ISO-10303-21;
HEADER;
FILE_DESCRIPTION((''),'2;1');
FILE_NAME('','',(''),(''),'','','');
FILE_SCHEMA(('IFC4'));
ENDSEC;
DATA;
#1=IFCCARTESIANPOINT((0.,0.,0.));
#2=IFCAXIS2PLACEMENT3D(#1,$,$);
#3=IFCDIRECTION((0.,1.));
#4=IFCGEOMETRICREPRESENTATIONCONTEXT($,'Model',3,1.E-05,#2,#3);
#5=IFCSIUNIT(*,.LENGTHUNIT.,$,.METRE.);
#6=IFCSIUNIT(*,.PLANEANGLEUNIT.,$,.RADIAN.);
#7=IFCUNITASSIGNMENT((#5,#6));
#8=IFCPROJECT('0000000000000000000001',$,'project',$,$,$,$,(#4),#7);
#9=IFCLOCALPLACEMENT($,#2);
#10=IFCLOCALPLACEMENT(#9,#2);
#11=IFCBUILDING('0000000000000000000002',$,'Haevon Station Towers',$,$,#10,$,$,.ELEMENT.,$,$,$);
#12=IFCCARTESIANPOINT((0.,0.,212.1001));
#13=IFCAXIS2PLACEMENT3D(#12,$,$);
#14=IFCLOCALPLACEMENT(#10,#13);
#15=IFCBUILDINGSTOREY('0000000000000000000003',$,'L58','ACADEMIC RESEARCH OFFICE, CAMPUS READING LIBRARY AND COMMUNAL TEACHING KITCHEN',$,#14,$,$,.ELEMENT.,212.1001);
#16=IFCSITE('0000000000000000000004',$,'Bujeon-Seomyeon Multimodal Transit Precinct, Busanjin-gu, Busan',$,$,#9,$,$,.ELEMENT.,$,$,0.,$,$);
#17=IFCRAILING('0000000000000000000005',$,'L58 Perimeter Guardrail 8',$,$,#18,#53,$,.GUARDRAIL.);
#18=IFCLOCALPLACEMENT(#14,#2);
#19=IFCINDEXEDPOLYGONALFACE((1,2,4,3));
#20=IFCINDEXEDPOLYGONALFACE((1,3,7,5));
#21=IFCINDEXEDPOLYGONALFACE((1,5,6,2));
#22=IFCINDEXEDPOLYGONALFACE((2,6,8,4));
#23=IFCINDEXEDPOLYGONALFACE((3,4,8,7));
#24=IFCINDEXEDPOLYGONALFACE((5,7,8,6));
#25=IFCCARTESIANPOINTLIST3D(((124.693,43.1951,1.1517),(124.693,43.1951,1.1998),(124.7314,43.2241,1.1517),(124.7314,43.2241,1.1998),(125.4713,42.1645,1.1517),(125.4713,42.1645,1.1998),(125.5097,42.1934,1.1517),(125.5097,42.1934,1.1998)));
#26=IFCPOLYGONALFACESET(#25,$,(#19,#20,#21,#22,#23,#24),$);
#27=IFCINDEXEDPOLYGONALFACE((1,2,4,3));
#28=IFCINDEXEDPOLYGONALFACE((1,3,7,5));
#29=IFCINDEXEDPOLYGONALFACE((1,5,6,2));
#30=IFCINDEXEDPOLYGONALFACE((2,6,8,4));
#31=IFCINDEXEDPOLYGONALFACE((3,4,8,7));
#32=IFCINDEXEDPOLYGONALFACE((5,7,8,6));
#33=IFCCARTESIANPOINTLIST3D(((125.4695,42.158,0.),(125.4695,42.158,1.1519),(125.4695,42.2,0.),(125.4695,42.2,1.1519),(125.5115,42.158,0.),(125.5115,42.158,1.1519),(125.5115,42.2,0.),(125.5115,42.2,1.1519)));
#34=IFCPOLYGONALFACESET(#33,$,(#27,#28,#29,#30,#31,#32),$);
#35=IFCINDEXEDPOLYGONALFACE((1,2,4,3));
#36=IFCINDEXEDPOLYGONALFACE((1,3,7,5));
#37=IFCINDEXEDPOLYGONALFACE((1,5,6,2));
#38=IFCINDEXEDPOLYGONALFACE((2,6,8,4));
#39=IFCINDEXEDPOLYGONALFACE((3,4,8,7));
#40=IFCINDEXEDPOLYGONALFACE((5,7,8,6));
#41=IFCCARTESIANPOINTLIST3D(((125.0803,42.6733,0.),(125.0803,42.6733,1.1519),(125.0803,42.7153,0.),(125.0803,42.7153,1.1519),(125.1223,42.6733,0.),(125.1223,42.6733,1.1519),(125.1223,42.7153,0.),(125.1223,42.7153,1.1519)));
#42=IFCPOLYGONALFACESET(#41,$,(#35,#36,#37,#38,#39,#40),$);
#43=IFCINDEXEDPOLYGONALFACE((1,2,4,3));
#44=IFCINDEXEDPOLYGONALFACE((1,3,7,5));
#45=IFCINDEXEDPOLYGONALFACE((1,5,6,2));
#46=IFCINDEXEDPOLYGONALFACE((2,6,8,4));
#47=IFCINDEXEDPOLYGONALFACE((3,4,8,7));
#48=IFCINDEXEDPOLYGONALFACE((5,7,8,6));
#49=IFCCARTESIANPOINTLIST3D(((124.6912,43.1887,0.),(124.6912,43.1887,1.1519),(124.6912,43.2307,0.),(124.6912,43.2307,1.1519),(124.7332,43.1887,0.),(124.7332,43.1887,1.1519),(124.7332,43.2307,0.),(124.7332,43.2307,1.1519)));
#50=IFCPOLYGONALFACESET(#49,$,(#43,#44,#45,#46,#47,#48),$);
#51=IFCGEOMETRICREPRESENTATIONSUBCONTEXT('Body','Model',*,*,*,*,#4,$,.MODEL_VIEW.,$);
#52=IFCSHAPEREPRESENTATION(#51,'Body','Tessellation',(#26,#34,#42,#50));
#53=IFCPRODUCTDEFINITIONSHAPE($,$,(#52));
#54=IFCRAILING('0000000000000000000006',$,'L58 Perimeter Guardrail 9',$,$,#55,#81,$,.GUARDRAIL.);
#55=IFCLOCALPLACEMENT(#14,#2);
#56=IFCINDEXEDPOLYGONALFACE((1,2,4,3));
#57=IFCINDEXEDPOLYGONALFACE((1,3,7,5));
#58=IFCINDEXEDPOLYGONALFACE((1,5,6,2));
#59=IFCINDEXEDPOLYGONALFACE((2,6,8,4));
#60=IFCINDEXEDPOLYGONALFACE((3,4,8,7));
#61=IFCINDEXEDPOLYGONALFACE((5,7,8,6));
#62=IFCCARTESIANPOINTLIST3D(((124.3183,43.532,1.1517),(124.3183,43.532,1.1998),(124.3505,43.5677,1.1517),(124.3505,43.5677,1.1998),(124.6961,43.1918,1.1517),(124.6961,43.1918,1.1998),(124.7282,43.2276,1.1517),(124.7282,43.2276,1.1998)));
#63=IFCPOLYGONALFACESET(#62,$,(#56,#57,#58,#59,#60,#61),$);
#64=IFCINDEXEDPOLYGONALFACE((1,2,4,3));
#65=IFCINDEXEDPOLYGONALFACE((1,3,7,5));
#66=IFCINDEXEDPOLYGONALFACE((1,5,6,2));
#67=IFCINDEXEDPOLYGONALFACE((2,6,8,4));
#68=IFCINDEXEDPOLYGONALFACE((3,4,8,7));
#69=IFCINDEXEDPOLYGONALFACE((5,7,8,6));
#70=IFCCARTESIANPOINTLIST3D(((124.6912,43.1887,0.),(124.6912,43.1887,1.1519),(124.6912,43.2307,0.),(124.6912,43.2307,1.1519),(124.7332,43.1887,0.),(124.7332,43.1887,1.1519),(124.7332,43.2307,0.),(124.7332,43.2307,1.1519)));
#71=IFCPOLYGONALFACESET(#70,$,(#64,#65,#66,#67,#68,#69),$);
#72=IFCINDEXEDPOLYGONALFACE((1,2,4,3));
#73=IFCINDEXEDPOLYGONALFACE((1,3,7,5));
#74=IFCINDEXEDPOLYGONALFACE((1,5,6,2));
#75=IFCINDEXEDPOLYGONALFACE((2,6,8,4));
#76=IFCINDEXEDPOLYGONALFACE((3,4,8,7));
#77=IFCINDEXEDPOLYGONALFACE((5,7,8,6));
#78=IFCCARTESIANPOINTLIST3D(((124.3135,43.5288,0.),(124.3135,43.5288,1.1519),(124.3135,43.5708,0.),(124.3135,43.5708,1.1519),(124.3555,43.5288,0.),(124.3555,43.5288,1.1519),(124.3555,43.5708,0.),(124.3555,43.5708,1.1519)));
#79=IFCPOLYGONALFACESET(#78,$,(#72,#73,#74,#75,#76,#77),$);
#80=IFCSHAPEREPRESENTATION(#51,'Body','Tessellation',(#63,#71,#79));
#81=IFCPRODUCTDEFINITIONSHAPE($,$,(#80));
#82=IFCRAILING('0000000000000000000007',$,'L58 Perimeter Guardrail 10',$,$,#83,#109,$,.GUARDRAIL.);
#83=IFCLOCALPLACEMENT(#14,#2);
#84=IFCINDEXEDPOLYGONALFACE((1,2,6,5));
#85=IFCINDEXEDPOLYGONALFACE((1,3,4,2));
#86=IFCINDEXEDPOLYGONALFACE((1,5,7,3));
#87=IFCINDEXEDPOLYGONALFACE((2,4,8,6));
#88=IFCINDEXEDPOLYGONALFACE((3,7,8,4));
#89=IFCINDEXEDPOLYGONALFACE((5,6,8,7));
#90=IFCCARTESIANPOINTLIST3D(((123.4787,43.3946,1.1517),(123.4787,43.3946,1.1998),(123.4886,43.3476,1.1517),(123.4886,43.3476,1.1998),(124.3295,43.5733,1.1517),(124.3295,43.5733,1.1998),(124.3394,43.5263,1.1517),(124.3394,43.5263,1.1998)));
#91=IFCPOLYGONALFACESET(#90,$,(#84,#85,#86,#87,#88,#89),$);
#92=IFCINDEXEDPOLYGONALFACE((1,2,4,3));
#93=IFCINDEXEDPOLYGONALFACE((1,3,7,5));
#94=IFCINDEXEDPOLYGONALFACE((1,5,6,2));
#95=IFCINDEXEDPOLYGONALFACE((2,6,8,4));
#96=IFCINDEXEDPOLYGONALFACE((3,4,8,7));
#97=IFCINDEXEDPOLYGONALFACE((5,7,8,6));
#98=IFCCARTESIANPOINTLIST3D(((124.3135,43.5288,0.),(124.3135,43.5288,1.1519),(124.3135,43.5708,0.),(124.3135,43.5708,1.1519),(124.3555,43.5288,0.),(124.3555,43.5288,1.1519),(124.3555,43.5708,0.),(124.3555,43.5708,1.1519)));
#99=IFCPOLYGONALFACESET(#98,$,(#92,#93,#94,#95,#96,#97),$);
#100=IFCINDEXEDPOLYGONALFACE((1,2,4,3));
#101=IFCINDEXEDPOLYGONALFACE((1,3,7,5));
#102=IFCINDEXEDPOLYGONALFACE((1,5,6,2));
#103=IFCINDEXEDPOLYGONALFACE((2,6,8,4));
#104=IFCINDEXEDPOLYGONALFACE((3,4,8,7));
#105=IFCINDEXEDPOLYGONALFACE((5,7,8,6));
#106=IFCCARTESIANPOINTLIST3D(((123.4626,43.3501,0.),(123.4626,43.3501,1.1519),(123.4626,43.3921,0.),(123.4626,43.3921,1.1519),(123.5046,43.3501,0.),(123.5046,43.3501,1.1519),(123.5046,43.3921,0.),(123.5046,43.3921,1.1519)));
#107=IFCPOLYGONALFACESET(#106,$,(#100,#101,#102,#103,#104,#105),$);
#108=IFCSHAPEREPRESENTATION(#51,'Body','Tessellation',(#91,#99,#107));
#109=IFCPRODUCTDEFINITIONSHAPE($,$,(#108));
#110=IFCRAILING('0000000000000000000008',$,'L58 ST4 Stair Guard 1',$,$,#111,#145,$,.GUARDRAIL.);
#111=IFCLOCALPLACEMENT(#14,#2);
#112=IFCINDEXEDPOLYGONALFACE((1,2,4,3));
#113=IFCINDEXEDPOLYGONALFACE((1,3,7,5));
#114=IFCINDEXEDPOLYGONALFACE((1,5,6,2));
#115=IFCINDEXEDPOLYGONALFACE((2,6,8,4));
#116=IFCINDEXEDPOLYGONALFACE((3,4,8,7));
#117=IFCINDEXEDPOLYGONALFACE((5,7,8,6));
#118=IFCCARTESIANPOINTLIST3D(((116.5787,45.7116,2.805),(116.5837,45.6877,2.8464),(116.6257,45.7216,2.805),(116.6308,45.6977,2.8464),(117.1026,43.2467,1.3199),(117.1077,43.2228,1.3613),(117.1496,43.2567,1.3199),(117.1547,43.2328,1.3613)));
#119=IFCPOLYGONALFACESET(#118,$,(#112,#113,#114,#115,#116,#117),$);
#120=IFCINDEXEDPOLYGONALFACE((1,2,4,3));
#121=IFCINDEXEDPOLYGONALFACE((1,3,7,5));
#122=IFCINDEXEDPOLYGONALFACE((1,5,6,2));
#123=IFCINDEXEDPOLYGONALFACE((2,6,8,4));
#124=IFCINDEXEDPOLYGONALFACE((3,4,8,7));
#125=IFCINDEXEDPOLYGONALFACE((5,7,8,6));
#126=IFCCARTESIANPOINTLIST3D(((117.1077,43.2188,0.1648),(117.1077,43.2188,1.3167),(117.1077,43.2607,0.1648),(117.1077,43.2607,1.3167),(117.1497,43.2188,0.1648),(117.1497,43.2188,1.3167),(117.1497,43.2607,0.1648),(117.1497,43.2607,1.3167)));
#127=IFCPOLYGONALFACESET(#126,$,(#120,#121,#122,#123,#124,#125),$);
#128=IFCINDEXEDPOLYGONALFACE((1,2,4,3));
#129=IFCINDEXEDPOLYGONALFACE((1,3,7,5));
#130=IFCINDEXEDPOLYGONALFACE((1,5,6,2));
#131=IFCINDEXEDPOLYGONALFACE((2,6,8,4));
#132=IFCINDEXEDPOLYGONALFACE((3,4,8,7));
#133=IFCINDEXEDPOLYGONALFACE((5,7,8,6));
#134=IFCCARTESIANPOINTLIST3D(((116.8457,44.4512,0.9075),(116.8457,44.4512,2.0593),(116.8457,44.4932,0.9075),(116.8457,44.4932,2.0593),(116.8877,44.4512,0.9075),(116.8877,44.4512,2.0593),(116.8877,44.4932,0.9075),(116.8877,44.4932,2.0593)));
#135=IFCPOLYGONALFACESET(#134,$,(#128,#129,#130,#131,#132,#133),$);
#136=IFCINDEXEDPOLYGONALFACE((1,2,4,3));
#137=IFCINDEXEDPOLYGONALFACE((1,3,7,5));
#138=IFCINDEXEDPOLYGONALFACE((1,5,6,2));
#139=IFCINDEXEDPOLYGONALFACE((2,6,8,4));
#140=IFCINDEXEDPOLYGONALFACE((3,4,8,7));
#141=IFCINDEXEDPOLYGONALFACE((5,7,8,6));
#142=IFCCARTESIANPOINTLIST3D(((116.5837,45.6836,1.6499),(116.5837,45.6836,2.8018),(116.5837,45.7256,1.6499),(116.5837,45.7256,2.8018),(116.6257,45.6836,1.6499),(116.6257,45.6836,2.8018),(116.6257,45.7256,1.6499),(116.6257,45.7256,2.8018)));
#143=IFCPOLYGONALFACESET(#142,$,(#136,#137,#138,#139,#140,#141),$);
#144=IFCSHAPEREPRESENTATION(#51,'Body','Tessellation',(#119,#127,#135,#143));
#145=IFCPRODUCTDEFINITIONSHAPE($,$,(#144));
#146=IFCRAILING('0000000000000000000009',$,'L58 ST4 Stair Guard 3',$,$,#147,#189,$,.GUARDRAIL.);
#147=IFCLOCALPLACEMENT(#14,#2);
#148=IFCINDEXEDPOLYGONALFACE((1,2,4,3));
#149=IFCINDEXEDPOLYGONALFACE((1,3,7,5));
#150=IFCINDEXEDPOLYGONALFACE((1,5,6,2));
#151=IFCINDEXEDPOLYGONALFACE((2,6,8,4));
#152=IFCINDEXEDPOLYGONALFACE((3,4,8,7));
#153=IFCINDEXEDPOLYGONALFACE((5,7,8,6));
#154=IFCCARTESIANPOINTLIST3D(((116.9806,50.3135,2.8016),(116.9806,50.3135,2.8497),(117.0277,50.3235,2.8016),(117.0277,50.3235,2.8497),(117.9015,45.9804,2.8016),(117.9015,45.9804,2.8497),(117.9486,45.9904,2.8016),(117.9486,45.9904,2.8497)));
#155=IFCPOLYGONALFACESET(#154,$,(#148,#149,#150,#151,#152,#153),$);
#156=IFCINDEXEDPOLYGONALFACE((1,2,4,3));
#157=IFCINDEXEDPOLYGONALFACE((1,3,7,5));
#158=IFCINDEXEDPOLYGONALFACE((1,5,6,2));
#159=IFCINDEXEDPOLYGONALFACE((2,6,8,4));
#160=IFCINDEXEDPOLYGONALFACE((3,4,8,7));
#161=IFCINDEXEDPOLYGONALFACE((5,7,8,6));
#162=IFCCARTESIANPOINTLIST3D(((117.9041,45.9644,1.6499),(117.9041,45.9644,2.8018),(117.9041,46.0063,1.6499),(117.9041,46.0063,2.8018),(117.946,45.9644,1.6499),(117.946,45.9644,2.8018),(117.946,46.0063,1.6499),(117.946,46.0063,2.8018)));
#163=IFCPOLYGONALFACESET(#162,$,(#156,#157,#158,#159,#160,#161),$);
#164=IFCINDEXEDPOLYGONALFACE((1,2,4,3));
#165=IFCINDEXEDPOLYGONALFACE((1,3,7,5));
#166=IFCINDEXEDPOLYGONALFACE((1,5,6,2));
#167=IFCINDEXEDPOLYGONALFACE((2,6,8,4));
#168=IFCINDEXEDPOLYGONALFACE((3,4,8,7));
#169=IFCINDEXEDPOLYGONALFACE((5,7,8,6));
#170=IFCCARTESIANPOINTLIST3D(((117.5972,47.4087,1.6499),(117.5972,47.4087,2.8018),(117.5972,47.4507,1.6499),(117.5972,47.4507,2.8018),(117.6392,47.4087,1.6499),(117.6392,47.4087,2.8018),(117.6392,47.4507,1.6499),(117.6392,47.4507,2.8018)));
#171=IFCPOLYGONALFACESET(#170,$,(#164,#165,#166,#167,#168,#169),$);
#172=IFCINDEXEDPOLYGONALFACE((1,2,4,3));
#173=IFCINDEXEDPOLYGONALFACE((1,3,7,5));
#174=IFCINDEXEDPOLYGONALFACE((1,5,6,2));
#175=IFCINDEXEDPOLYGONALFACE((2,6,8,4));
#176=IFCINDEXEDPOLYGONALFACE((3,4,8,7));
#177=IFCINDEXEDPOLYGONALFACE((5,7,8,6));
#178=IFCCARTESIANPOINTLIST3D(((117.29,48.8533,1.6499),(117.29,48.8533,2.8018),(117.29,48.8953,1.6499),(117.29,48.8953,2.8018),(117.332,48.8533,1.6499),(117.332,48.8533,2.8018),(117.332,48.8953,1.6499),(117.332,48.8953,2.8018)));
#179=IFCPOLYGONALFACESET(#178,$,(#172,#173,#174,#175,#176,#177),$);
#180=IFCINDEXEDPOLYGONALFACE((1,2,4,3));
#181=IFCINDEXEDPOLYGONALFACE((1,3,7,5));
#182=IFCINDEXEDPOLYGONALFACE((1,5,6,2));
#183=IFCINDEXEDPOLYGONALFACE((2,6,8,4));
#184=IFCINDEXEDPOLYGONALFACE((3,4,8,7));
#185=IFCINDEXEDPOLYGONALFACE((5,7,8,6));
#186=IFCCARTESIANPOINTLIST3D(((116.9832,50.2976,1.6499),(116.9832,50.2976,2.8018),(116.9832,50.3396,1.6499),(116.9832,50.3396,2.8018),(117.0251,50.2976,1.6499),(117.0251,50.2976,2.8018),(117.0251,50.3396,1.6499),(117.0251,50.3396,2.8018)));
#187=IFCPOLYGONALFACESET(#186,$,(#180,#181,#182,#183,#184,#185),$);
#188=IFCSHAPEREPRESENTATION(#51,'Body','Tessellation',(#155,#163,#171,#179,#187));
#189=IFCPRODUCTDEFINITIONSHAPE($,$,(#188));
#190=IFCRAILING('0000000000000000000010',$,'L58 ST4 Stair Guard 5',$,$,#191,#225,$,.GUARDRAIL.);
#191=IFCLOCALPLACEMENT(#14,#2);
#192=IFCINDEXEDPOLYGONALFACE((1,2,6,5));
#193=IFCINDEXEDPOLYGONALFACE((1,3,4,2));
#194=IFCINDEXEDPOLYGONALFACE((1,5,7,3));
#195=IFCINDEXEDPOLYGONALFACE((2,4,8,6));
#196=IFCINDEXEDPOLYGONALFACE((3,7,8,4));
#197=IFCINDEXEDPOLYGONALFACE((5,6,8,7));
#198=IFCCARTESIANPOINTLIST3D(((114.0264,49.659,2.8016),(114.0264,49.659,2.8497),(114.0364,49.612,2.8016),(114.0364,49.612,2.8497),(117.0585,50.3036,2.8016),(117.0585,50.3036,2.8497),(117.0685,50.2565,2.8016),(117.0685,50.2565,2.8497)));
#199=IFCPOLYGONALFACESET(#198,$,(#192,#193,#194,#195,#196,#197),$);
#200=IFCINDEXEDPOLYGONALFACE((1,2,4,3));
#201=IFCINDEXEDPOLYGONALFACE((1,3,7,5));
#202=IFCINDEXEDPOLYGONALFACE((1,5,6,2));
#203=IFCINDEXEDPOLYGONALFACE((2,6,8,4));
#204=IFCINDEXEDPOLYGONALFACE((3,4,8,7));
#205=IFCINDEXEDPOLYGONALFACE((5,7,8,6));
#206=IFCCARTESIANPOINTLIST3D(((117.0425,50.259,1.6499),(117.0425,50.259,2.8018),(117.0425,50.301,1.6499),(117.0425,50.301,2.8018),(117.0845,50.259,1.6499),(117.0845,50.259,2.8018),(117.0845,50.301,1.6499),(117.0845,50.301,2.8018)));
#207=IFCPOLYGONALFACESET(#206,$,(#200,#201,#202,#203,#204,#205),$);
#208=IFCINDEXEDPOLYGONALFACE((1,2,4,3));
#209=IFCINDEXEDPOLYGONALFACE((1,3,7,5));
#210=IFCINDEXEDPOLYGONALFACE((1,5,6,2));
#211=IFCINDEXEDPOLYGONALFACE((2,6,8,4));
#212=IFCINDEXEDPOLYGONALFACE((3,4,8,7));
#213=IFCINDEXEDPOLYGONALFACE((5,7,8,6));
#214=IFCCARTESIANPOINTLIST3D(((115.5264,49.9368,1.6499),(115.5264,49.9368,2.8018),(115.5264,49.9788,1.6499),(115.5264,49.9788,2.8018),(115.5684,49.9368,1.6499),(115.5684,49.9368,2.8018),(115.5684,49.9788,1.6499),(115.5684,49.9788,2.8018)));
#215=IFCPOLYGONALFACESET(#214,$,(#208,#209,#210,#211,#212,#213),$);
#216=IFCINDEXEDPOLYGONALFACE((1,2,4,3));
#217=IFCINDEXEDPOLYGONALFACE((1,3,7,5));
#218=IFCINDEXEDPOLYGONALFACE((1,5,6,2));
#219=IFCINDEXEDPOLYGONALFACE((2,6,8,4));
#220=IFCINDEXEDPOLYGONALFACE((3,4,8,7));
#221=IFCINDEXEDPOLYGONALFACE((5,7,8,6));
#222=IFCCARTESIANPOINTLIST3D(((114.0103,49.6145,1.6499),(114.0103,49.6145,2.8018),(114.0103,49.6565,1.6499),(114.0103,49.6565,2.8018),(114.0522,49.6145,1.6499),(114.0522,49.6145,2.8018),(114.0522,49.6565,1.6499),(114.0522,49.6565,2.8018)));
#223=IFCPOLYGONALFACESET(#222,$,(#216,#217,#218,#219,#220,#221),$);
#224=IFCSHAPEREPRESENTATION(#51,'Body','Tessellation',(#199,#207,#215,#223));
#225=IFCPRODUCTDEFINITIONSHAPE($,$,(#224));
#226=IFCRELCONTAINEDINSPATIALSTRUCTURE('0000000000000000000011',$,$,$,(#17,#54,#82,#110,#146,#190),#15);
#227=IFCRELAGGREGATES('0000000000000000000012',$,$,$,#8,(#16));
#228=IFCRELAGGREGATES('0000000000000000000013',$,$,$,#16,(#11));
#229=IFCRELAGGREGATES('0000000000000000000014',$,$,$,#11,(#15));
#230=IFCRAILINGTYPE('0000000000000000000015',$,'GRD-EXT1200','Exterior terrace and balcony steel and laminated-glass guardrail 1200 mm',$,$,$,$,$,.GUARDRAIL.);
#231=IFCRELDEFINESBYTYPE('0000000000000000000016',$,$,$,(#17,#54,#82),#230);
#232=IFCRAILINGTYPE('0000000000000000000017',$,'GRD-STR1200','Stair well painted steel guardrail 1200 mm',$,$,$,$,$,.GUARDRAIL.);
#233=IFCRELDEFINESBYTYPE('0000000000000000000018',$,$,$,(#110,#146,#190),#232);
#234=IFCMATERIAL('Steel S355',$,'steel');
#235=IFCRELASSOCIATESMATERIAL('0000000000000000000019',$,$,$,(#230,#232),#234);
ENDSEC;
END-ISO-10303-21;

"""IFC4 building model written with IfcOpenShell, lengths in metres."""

from ifc_helpers import new_model, si_unit, direction, frame, origin, origin_2d, place, context, subcontext, project, spatial, rectangle, extrude, material, type_object, element, save


model = new_model("IFC4")

# Units and contexts
model_context = context("Model", 3, precision=1e-05, world=origin(), true_north=direction((0.0, 1.0)))
body_context = subcontext(model_context, "Body", "Model", "MODEL_VIEW")
ifc_project = project(units=[si_unit("LENGTHUNIT", "METRE"), si_unit("PLANEANGLEUNIT", "RADIAN")], contexts=[model_context])

# Site, building, storey
site_placement = place(None, origin())
site = spatial("IfcSite", under=ifc_project, at=site_placement, Name="Bujeon-Seomyeon Multimodal Transit Precinct, Busanjin-gu, Busan", CompositionType="ELEMENT", RefElevation=0.0)
building_placement = place(site_placement, origin())
building = spatial("IfcBuilding", under=site, at=building_placement, Name="Haevon Station Towers", CompositionType="ELEMENT")
storey_placement = place(building_placement, frame((0.0, 0.0, 212.1001)))
storey = spatial("IfcBuildingStorey", under=building, at=storey_placement, Name="L58", Description="ACADEMIC RESEARCH OFFICE, CAMPUS READING LIBRARY AND COMMUNAL TEACHING KITCHEN", CompositionType="ELEMENT", Elevation=212.1001)

# Shared definitions
ifc_material_1 = material(Name="Steel S355", Category="steel")

# Railings
railing_type_1 = type_object("IfcRailingType", Name="GRD-EXT1200", Description="Exterior terrace and balcony steel and laminated-glass guardrail 1200 mm", PredefinedType="GUARDRAIL", material=ifc_material_1)
railing_1_placement = place(storey_placement, frame((125.4905, 42.179, 0.0)))
element("IfcRailing", 1, at=railing_1_placement, inside=storey, type_object=railing_type_1, Name="L58 Perimeter Guardrail 8", PredefinedType="GUARDRAIL", context=body_context, shape_type="SweptSolid", body=[
    extrude(rectangle(XDim=0.0481, YDim=0.0481, at=origin_2d()), frame((0.0, 0.0, 1.1758), z_axis=(-0.602598, 0.798045, 0.0), x_axis=(-0.798045, -0.602598, 0.0)), (0.0, 0.0, 1.0), 1.2915),
    extrude(rectangle(XDim=0.042, YDim=0.042, at=origin_2d()), origin(), (0.0, 0.0, 1.0), 1.1519),
    extrude(rectangle(XDim=0.042, YDim=0.042, at=origin_2d()), frame((-0.3892, 0.5154, 0.0)), (0.0, 0.0, 1.0), 1.1519),
    extrude(rectangle(XDim=0.042, YDim=0.042, at=origin_2d()), frame((-0.7783, 1.0308, 0.0)), (0.0, 0.0, 1.0), 1.1519),
])
railing_2_placement = place(storey_placement, frame((124.7122, 43.2097, 0.0)))
element("IfcRailing", 2, at=railing_2_placement, inside=storey, type_object=railing_type_1, Name="L58 Perimeter Guardrail 9", PredefinedType="GUARDRAIL", context=body_context, shape_type="SweptSolid", body=[
    extrude(rectangle(XDim=0.0481, YDim=0.0481, at=origin_2d()), frame((0.0, 0.0, 1.1758), z_axis=(-0.743127, 0.66915, 0.0), x_axis=(-0.66915, -0.743127, 0.0)), (0.0, 0.0, 1.0), 0.5083),
    extrude(rectangle(XDim=0.042, YDim=0.042, at=origin_2d()), origin(), (0.0, 0.0, 1.0), 1.1519),
    extrude(rectangle(XDim=0.042, YDim=0.042, at=origin_2d()), frame((-0.3777, 0.3401, 0.0)), (0.0, 0.0, 1.0), 1.1519),
])
railing_3_placement = place(storey_placement, frame((124.3345, 43.5498, 0.0)))
element("IfcRailing", 3, at=railing_3_placement, inside=storey, type_object=railing_type_1, Name="L58 Perimeter Guardrail 10", PredefinedType="GUARDRAIL", context=body_context, shape_type="SweptSolid", body=[
    extrude(rectangle(XDim=0.0481, YDim=0.0481, at=origin_2d()), frame((0.0, 0.0, 1.1758), z_axis=(-0.978645, -0.205558, 0.0), x_axis=(0.205558, -0.978645, 0.0)), (0.0, 0.0, 1.0), 0.8694),
    extrude(rectangle(XDim=0.042, YDim=0.042, at=origin_2d()), origin(), (0.0, 0.0, 1.0), 1.1519),
    extrude(rectangle(XDim=0.042, YDim=0.042, at=origin_2d()), frame((-0.8508, -0.1787, 0.0)), (0.0, 0.0, 1.0), 1.1519),
])
railing_type_2 = type_object("IfcRailingType", Name="GRD-STR1200", Description="Stair well painted steel guardrail 1200 mm", PredefinedType="GUARDRAIL", material=ifc_material_1)
railing_4_placement = place(storey_placement, frame((117.1287, 43.2397, 0.1648)))
element("IfcRailing", 4, at=railing_4_placement, inside=storey, type_object=railing_type_2, Name="L58 ST4 Stair Guard 1", PredefinedType="GUARDRAIL", context=body_context, shape_type="SweptSolid", body=[
    extrude(rectangle(XDim=0.0481, YDim=0.0481, at=origin_2d()), frame((0.0, 0.0, 1.1758), z_axis=(-0.179121, 0.842688, 0.507733), x_axis=(-0.978147, -0.207914, 0.0)), (0.0, 0.0, 1.0), 2.925),
    extrude(rectangle(XDim=0.042, YDim=0.042, at=origin_2d()), origin(), (0.0, 0.0, 1.0), 1.1519),
    extrude(rectangle(XDim=0.042, YDim=0.042, at=origin_2d()), frame((-0.262, 1.2324, 0.7427)), (0.0, 0.0, 1.0), 1.1519),
    extrude(rectangle(XDim=0.042, YDim=0.042, at=origin_2d()), frame((-0.5239, 2.4648, 1.4851)), (0.0, 0.0, 1.0), 1.1519),
])
railing_5_placement = place(storey_placement, frame((117.925, 45.9854, 1.6499)))
element("IfcRailing", 5, at=railing_5_placement, inside=storey, type_object=railing_type_2, Name="L58 ST4 Stair Guard 3", PredefinedType="GUARDRAIL", context=body_context, shape_type="SweptSolid", body=[
    extrude(rectangle(XDim=0.0481, YDim=0.0481, at=origin_2d()), frame((0.0, 0.0, 1.1758), z_axis=(-0.207877, 0.978155, 0.0), x_axis=(-0.978155, -0.207877, 0.0)), (0.0, 0.0, 1.0), 4.4299),
    extrude(rectangle(XDim=0.042, YDim=0.042, at=origin_2d()), origin(), (0.0, 0.0, 1.0), 1.1519),
    extrude(rectangle(XDim=0.042, YDim=0.042, at=origin_2d()), frame((-0.3069, 1.4443, 0.0)), (0.0, 0.0, 1.0), 1.1519),
    extrude(rectangle(XDim=0.042, YDim=0.042, at=origin_2d()), frame((-0.614, 2.8889, 0.0)), (0.0, 0.0, 1.0), 1.1519),
    extrude(rectangle(XDim=0.042, YDim=0.042, at=origin_2d()), frame((-0.9209, 4.3333, 0.0)), (0.0, 0.0, 1.0), 1.1519),
])
railing_6_placement = place(storey_placement, frame((117.0635, 50.28, 1.6499)))
element("IfcRailing", 6, at=railing_6_placement, inside=storey, type_object=railing_type_2, Name="L58 ST4 Stair Guard 5", PredefinedType="GUARDRAIL", context=body_context, shape_type="SweptSolid", body=[
    extrude(rectangle(XDim=0.0481, YDim=0.0481, at=origin_2d()), frame((0.0, 0.0, 1.1758), z_axis=(-0.978147, -0.207915, 0.0), x_axis=(0.207915, -0.978147, 0.0)), (0.0, 0.0, 1.0), 3.0999),
    extrude(rectangle(XDim=0.042, YDim=0.042, at=origin_2d()), origin(), (0.0, 0.0, 1.0), 1.1519),
    extrude(rectangle(XDim=0.042, YDim=0.042, at=origin_2d()), frame((-1.5161, -0.3223, 0.0)), (0.0, 0.0, 1.0), 1.1519),
    extrude(rectangle(XDim=0.042, YDim=0.042, at=origin_2d()), frame((-3.0322, -0.6445, 0.0)), (0.0, 0.0, 1.0), 1.1519),
])

save(model, "model.ifc")
